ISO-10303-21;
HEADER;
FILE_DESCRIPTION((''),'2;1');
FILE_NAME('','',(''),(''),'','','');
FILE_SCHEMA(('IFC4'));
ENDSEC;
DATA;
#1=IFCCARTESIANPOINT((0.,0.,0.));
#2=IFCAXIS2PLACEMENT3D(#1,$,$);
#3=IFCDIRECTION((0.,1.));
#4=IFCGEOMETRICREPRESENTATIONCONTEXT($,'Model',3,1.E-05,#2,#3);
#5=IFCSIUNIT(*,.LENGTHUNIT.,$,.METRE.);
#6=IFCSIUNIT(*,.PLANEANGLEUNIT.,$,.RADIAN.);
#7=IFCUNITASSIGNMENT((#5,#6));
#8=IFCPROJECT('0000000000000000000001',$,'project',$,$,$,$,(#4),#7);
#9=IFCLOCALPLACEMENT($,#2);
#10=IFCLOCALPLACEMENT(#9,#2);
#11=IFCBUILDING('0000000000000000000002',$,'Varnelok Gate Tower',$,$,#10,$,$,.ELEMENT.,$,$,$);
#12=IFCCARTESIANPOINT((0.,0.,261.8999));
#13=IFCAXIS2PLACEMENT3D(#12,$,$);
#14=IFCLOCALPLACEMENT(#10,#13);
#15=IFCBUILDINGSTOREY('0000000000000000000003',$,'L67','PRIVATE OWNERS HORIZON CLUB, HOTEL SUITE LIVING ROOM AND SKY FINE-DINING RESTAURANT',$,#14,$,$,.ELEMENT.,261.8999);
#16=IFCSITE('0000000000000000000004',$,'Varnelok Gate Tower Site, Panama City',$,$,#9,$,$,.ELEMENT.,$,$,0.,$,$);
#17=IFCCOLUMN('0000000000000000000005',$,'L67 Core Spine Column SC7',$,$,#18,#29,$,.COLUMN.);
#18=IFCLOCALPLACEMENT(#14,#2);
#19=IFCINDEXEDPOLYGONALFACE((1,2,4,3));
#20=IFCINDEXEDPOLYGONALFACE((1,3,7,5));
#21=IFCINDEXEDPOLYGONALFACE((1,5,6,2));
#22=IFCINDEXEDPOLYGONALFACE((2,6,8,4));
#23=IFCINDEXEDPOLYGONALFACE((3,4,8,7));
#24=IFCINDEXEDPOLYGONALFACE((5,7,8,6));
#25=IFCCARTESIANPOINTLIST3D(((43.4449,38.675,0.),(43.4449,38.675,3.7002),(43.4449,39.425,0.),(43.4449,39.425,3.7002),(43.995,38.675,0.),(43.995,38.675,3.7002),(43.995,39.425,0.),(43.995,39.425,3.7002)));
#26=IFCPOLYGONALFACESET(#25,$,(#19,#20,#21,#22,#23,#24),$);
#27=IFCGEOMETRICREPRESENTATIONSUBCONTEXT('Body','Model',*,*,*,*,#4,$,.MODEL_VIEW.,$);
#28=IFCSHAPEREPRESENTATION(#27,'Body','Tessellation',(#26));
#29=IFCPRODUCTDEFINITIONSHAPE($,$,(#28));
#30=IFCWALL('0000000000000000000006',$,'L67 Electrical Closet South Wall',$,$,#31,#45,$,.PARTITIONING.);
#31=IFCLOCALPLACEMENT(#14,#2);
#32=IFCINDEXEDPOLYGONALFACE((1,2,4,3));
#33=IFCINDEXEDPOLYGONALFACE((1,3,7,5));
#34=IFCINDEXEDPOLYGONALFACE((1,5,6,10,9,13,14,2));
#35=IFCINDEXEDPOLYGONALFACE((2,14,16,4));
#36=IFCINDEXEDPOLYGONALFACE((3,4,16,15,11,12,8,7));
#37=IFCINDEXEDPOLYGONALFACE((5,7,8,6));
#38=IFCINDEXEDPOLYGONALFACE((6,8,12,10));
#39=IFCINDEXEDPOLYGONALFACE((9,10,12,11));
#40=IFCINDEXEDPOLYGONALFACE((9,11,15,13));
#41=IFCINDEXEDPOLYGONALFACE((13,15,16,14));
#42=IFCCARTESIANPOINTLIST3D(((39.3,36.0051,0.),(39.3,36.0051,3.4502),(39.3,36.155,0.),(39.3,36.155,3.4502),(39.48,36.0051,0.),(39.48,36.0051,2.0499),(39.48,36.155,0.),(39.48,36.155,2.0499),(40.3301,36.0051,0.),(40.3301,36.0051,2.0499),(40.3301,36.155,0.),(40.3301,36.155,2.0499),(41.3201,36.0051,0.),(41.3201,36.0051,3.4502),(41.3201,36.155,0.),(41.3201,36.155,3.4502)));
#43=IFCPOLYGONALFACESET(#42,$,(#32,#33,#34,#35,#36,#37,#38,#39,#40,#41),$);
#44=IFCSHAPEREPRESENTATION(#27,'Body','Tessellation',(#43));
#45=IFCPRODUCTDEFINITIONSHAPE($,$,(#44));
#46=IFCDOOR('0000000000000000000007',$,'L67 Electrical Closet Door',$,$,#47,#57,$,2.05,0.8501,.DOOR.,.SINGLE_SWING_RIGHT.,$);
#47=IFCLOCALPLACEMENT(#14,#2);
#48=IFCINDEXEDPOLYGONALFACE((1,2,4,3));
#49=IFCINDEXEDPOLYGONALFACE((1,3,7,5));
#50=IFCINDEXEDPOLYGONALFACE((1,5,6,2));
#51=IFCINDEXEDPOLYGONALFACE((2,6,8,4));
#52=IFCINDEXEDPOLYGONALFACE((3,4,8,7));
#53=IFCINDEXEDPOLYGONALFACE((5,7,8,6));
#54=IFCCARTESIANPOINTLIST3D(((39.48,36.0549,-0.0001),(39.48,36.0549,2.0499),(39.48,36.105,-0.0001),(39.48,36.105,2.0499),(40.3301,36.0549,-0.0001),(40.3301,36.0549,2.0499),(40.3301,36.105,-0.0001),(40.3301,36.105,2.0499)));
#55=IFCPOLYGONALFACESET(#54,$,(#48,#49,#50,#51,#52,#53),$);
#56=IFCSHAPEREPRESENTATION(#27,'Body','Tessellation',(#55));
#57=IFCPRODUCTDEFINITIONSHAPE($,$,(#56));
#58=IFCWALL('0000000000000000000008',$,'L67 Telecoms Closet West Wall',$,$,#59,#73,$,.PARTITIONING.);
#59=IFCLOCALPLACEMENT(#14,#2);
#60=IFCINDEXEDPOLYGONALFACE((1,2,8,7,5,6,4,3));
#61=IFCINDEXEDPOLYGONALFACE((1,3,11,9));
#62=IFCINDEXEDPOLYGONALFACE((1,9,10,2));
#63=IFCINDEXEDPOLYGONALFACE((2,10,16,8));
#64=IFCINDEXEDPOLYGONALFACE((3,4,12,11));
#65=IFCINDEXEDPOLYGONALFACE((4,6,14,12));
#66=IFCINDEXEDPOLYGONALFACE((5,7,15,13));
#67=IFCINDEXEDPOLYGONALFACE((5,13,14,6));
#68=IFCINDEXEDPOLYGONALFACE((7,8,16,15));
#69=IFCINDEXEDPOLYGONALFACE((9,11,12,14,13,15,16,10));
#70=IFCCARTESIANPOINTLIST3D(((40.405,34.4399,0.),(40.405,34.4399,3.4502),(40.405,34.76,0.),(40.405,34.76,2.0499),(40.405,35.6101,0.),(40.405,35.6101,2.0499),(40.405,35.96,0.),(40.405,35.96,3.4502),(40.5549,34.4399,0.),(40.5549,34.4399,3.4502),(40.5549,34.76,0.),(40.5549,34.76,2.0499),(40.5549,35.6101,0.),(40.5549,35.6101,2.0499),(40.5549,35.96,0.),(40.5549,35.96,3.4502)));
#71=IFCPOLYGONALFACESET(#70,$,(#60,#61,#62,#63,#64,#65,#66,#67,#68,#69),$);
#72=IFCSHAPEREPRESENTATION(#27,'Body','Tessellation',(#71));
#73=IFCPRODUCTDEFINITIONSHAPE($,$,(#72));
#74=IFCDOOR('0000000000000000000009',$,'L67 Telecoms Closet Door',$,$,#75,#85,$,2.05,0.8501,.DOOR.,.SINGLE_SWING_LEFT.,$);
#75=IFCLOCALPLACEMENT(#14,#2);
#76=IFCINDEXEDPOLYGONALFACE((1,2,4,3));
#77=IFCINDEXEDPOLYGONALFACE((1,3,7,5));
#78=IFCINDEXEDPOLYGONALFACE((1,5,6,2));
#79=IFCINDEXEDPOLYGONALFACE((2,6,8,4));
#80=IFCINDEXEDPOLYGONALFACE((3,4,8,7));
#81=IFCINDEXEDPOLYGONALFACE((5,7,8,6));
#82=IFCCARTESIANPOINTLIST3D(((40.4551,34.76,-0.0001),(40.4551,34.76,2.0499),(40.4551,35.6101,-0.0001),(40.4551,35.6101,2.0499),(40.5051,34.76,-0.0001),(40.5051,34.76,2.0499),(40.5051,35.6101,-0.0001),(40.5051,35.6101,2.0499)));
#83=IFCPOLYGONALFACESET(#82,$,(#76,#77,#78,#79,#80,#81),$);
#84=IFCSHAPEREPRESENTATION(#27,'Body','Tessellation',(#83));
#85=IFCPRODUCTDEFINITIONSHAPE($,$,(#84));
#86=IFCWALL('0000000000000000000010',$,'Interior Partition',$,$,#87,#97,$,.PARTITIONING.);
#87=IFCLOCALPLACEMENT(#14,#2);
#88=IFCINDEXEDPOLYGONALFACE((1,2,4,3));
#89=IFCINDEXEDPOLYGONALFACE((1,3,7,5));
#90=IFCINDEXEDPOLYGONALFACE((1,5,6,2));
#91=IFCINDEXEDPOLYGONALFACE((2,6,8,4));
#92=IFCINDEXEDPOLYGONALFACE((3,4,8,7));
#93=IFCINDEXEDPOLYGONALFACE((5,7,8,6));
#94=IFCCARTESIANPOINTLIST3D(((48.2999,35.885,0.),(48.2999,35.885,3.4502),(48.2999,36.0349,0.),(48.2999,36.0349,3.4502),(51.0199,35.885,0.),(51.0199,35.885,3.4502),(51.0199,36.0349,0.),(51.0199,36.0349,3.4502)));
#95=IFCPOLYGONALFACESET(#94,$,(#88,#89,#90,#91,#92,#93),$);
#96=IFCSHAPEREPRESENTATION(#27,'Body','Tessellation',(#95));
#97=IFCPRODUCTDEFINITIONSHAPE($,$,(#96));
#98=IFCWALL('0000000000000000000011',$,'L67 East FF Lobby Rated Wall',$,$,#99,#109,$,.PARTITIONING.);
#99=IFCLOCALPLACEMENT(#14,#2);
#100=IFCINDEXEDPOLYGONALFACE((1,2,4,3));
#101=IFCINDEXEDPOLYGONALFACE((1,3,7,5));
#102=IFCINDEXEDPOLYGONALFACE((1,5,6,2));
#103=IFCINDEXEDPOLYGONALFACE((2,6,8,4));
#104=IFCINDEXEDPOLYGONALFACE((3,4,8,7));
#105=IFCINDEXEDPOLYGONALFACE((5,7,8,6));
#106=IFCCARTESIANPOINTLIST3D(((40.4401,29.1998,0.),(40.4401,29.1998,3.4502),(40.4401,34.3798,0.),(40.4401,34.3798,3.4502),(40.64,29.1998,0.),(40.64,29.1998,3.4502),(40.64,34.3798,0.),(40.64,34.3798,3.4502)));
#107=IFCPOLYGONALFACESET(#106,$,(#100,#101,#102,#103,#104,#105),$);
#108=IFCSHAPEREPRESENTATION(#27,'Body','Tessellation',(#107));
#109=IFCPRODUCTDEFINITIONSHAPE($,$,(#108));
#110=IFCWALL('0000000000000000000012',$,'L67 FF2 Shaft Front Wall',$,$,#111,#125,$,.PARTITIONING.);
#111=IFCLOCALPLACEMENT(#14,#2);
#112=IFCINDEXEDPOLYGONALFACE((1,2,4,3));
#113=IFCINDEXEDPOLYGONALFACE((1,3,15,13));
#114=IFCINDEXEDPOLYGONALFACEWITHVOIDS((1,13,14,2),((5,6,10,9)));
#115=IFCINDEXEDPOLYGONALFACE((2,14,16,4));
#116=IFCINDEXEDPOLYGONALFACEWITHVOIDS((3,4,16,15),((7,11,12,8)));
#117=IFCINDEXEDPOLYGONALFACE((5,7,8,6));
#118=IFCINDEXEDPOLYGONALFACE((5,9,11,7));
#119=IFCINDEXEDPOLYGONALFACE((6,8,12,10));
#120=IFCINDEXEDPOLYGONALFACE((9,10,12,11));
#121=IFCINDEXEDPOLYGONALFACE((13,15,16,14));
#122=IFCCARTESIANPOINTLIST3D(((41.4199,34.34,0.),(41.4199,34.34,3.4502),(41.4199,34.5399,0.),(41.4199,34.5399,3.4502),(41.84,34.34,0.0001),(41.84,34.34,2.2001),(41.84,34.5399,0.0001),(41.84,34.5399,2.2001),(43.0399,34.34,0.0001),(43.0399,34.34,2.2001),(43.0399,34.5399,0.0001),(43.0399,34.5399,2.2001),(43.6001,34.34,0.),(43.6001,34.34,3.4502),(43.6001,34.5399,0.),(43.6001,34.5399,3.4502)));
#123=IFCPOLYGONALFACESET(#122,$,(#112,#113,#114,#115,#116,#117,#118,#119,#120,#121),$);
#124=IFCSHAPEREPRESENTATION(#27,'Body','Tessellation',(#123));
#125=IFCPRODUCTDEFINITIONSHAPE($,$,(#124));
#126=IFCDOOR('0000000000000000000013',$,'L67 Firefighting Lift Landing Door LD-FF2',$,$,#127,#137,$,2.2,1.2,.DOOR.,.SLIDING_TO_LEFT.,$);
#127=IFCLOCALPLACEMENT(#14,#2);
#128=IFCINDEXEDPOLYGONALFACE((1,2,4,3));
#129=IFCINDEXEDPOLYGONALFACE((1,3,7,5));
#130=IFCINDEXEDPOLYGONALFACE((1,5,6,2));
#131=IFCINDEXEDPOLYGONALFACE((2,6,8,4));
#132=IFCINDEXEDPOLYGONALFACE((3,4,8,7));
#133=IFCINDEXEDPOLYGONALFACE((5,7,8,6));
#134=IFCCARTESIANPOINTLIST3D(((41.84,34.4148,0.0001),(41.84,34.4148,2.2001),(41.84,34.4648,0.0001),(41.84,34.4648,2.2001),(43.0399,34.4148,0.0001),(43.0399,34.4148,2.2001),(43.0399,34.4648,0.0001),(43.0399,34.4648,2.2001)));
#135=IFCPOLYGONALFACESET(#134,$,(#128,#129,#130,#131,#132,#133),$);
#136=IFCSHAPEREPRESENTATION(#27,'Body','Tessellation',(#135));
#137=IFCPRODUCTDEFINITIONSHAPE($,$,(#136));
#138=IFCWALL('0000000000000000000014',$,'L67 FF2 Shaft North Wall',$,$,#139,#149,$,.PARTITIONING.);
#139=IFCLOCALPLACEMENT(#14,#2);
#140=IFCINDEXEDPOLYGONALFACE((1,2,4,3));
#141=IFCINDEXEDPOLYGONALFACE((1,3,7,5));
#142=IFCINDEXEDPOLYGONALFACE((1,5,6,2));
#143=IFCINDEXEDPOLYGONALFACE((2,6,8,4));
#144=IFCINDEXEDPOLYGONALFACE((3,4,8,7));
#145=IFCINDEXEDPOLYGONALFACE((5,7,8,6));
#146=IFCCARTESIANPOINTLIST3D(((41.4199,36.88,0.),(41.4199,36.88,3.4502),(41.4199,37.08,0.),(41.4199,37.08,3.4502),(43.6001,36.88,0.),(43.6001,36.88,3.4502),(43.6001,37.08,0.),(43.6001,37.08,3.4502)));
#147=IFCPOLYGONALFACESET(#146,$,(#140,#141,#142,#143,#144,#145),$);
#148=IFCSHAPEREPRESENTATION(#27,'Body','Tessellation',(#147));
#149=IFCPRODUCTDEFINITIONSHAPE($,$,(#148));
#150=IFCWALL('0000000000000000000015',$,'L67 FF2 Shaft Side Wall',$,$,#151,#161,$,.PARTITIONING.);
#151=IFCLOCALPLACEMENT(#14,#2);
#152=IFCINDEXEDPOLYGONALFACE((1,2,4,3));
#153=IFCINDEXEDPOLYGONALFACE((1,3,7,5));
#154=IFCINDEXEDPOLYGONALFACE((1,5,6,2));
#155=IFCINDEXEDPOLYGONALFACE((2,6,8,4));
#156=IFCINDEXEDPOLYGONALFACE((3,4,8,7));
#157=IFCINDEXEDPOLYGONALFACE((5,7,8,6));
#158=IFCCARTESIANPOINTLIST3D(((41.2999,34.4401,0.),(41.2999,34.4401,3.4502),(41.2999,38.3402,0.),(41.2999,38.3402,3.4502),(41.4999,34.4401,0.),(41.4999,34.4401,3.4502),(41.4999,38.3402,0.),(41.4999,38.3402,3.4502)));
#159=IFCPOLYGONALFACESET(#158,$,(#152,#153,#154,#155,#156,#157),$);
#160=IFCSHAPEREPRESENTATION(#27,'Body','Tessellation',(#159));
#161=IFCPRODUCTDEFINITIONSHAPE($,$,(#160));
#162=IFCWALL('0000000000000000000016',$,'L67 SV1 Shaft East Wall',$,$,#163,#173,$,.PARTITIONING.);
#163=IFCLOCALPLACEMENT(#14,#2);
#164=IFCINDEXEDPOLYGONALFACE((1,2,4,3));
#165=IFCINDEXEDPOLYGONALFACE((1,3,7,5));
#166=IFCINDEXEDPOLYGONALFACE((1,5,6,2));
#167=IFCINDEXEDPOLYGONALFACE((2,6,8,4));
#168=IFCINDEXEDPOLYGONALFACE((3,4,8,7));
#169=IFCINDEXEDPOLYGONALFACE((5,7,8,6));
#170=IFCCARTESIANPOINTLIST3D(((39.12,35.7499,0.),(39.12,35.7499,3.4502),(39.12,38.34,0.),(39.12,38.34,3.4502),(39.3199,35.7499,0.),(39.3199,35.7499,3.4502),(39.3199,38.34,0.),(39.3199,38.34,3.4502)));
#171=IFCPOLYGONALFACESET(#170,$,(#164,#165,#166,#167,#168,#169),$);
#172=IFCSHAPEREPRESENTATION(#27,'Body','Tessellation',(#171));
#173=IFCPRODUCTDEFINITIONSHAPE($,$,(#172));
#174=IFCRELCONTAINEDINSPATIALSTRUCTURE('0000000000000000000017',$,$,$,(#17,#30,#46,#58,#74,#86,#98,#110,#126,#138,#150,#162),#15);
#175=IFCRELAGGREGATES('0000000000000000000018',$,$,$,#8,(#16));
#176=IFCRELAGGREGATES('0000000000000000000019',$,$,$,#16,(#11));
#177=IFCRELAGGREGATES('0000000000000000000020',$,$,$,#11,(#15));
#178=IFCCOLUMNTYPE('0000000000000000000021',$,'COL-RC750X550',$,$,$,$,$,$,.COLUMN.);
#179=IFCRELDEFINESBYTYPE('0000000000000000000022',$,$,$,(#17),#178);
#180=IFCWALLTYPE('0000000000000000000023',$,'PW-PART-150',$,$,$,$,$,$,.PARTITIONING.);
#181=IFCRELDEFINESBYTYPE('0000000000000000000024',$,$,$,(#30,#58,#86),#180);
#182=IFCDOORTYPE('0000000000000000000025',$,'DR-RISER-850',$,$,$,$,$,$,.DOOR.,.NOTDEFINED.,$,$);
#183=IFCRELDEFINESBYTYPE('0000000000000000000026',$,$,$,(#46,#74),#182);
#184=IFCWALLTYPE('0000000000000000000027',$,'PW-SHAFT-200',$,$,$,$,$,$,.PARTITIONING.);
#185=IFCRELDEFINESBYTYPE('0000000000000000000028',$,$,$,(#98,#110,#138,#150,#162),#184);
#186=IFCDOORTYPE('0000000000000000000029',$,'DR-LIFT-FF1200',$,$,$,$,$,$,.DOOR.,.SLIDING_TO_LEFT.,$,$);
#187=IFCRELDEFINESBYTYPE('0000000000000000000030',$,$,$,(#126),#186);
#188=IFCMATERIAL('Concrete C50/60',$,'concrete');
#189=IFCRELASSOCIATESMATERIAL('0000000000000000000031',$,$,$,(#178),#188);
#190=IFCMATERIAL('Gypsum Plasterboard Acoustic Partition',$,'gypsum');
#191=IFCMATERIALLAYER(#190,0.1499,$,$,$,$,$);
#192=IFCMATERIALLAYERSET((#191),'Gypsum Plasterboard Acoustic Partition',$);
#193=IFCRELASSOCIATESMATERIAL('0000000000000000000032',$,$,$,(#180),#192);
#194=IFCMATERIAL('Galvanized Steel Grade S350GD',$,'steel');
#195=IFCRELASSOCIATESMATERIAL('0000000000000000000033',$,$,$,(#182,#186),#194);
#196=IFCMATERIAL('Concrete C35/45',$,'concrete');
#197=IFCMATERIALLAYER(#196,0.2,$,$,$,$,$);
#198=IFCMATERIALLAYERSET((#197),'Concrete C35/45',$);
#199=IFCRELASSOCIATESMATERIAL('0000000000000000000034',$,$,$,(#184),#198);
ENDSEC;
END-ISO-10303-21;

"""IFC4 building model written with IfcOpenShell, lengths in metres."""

from ifc_helpers import new_model, si_unit, direction, frame, frame_2d, origin, origin_2d, place, context, subcontext, project, spatial, rectangle, extrude, material, layer, layer_set, material_profile, profile_set, type_object, element, fill, save


model = new_model("IFC4")

# Units and contexts
model_context = context("Model", 3, precision=1e-05, world=origin(), true_north=direction((0.0, 1.0)))
body_context = subcontext(model_context, "Body", "Model", "MODEL_VIEW")
ifc_project = project(units=[si_unit("LENGTHUNIT", "METRE"), si_unit("PLANEANGLEUNIT", "RADIAN")], contexts=[model_context])

# Site, building, storey
site_placement = place(None, origin())
site = spatial("IfcSite", under=ifc_project, at=site_placement, Name="Varnelok Gate Tower Site, Panama City", CompositionType="ELEMENT", RefElevation=0.0)
building_placement = place(site_placement, origin())
building = spatial("IfcBuilding", under=site, at=building_placement, Name="Varnelok Gate Tower", CompositionType="ELEMENT")
storey_placement = place(building_placement, frame((0.0, 0.0, 261.8999)))
storey = spatial("IfcBuildingStorey", under=building, at=storey_placement, Name="L67", Description="PRIVATE OWNERS HORIZON CLUB, HOTEL SUITE LIVING ROOM AND SKY FINE-DINING RESTAURANT", CompositionType="ELEMENT", Elevation=261.8999)

# Column
ifc_material_1 = material(Name="Concrete C50/60", Category="concrete")
ifc_material_profile = material_profile(ifc_material_1, rectangle(XDim=0.55, YDim=0.75, at=origin_2d()), Name="RC750X550")
ifc_profile_set = profile_set([ifc_material_profile], Name="Concrete C50/60")
column_type = type_object("IfcColumnType", Name="COL-RC750X550", PredefinedType="COLUMN", material=ifc_profile_set)
column_placement = place(storey_placement, frame((43.72, 39.05, 0.0), z_axis=(0.0, 0.0, 1.0), x_axis=(1.0, 0.0, 0.0)))
element("IfcColumn", 1, at=column_placement, inside=storey, type_object=column_type, Name="L67 Core Spine Column SC7", PredefinedType="COLUMN", context=body_context, shape_type="SweptSolid", body=[
    extrude(rectangle(XDim=0.55, YDim=0.75, at=origin_2d()), origin(), (0.0, 0.0, 1.0), 3.7002),
])

# Walls, openings, doors
ifc_material_2 = material(Name="Gypsum Plasterboard Acoustic Partition", Category="gypsum")
ifc_layer_1 = layer(ifc_material_2, 0.1499)
ifc_layer_set_1 = layer_set([ifc_layer_1], Name="Gypsum Plasterboard Acoustic Partition")
wall_type_1 = type_object("IfcWallType", Name="PW-PART-150", PredefinedType="PARTITIONING", material=ifc_layer_set_1)
wall_1_placement = place(storey_placement, frame((39.3, 36.0801, 0.0), z_axis=(0.0, 0.0, 1.0), x_axis=(1.0, 0.0, 0.0)))
wall_1 = element("IfcWall", 2, at=wall_1_placement, inside=storey, type_object=wall_type_1, Name="L67 Electrical Closet South Wall", PredefinedType="PARTITIONING", context=body_context, shape_type="SweptSolid", body=[
    extrude(rectangle(XDim=2.02, YDim=0.1499, at=frame_2d((1.01, 0.0))), origin(), (0.0, 0.0, 1.0), 3.4502),
])
opening_1_placement = place(wall_1_placement, frame((0.1799, 0.0, 0.0)))
opening_1 = element("IfcOpeningElement", 3, at=opening_1_placement, cuts=wall_1, PredefinedType="OPENING", context=body_context, shape_type="SweptSolid", body=[
    extrude(rectangle(XDim=0.8501, YDim=2.05, at=frame_2d((0.425, 1.0249))), frame((0.0, 0.085, 0.0), z_axis=(0.0, -1.0, 0.0), x_axis=(1.0, 0.0, 0.0)), (0.0, 0.0, 1.0), 0.1699),
])
ifc_material_3 = material(Name="Galvanized Steel Grade S350GD", Category="steel")
door_type_1 = type_object("IfcDoorType", Name="DR-RISER-850", OperationType="NOTDEFINED", PredefinedType="DOOR", material=ifc_material_3)
door_1_placement = place(opening_1_placement, origin())
door_1 = element("IfcDoor", 4, at=door_1_placement, inside=storey, type_object=door_type_1, Name="L67 Electrical Closet Door", OperationType="SINGLE_SWING_RIGHT", OverallHeight=2.05, OverallWidth=0.8501, PredefinedType="DOOR", context=body_context, shape_type="SweptSolid", body=[
    extrude(rectangle(XDim=0.8501, YDim=2.05, at=frame_2d((0.425, 1.0249))), frame((0.0, 0.0249, 0.0), z_axis=(0.0, -1.0, 0.0), x_axis=(1.0, 0.0, 0.0)), (0.0, 0.0, 1.0), 0.05),
])
fill(opening_1, door_1)
wall_2_placement = place(storey_placement, frame((40.48, 34.4399, 0.0), z_axis=(0.0, 0.0, 1.0), x_axis=(0.0, 1.0, 0.0)))
wall_2 = element("IfcWall", 5, at=wall_2_placement, inside=storey, type_object=wall_type_1, Name="L67 Telecoms Closet West Wall", PredefinedType="PARTITIONING", context=body_context, shape_type="SweptSolid", body=[
    extrude(rectangle(XDim=1.52, YDim=0.1499, at=frame_2d((0.76, 0.0))), origin(), (0.0, 0.0, 1.0), 3.4502),
])
opening_2_placement = place(wall_2_placement, frame((0.3201, 0.0, 0.0)))
opening_2 = element("IfcOpeningElement", 6, at=opening_2_placement, cuts=wall_2, PredefinedType="OPENING", context=body_context, shape_type="SweptSolid", body=[
    extrude(rectangle(XDim=0.8501, YDim=2.05, at=frame_2d((0.425, 1.0249))), frame((0.0, 0.085, 0.0), z_axis=(0.0, -1.0, 0.0), x_axis=(1.0, 0.0, 0.0)), (0.0, 0.0, 1.0), 0.1699),
])
door_2_placement = place(opening_2_placement, origin())
door_2 = element("IfcDoor", 7, at=door_2_placement, inside=storey, type_object=door_type_1, Name="L67 Telecoms Closet Door", OperationType="SINGLE_SWING_LEFT", OverallHeight=2.05, OverallWidth=0.8501, PredefinedType="DOOR", context=body_context, shape_type="SweptSolid", body=[
    extrude(rectangle(XDim=0.8501, YDim=2.05, at=frame_2d((0.425, 1.0249))), frame((0.0, 0.0249, 0.0), z_axis=(0.0, -1.0, 0.0), x_axis=(1.0, 0.0, 0.0)), (0.0, 0.0, 1.0), 0.05),
])
fill(opening_2, door_2)

# Walls
wall_3_placement = place(storey_placement, frame((48.3, 35.96, 0.0), z_axis=(0.0, 0.0, 1.0), x_axis=(1.0, 0.0, 0.0)))
element("IfcWall", 8, at=wall_3_placement, inside=storey, type_object=wall_type_1, Name="Interior Partition", PredefinedType="PARTITIONING", context=body_context, shape_type="SweptSolid", body=[
    extrude(rectangle(XDim=2.72, YDim=0.1499, at=frame_2d((1.3599, 0.0))), origin(), (0.0, 0.0, 1.0), 3.4502),
])
ifc_material_4 = material(Name="Concrete C35/45", Category="concrete")
ifc_layer_2 = layer(ifc_material_4, 0.2)
ifc_layer_set_2 = layer_set([ifc_layer_2], Name="Concrete C35/45")
wall_type_2 = type_object("IfcWallType", Name="PW-SHAFT-200", PredefinedType="PARTITIONING", material=ifc_layer_set_2)
wall_4_placement = place(storey_placement, frame((40.54, 29.2, 0.0), z_axis=(0.0, 0.0, 1.0), x_axis=(0.0, 1.0, 0.0)))
element("IfcWall", 9, at=wall_4_placement, inside=storey, type_object=wall_type_2, Name="L67 East FF Lobby Rated Wall", PredefinedType="PARTITIONING", context=body_context, shape_type="SweptSolid", body=[
    extrude(rectangle(XDim=5.1799, YDim=0.2, at=frame_2d((2.5898, 0.0))), origin(), (0.0, 0.0, 1.0), 3.4502),
])

# Wall, opening, door
wall_5_placement = place(storey_placement, frame((41.4199, 34.4399, 0.0), z_axis=(0.0, 0.0, 1.0), x_axis=(1.0, 0.0, 0.0)))
wall_5 = element("IfcWall", 10, at=wall_5_placement, inside=storey, type_object=wall_type_2, Name="L67 FF2 Shaft Front Wall", PredefinedType="PARTITIONING", context=body_context, shape_type="SweptSolid", body=[
    extrude(rectangle(XDim=2.1802, YDim=0.2, at=frame_2d((1.0901, 0.0))), origin(), (0.0, 0.0, 1.0), 3.4502),
])
opening_3_placement = place(wall_5_placement, frame((0.4199, 0.0, 0.0)))
opening_3 = element("IfcOpeningElement", 11, at=opening_3_placement, cuts=wall_5, PredefinedType="OPENING", context=body_context, shape_type="SweptSolid", body=[
    extrude(rectangle(XDim=1.2, YDim=2.2, at=frame_2d((0.6001, 1.1001))), frame((0.0, 0.1099, 0.0), z_axis=(0.0, -1.0, 0.0), x_axis=(1.0, 0.0, 0.0)), (0.0, 0.0, 1.0), 0.22),
])
door_type_2 = type_object("IfcDoorType", Name="DR-LIFT-FF1200", OperationType="SLIDING_TO_LEFT", PredefinedType="DOOR", material=ifc_material_3)
door_3_placement = place(opening_3_placement, origin())
door_3 = element("IfcDoor", 12, at=door_3_placement, inside=storey, type_object=door_type_2, Name="L67 Firefighting Lift Landing Door LD-FF2", OperationType="SLIDING_TO_LEFT", OverallHeight=2.2, OverallWidth=1.2, PredefinedType="DOOR", context=body_context, shape_type="SweptSolid", body=[
    extrude(rectangle(XDim=1.2, YDim=2.2, at=frame_2d((0.6001, 1.1001))), frame((0.0, 0.0249, 0.0), z_axis=(0.0, -1.0, 0.0), x_axis=(1.0, 0.0, 0.0)), (0.0, 0.0, 1.0), 0.05),
])
fill(opening_3, door_3)

# Walls
wall_6_placement = place(storey_placement, frame((41.4199, 36.98, 0.0), z_axis=(0.0, 0.0, 1.0), x_axis=(1.0, 0.0, 0.0)))
element("IfcWall", 13, at=wall_6_placement, inside=storey, type_object=wall_type_2, Name="L67 FF2 Shaft North Wall", PredefinedType="PARTITIONING", context=body_context, shape_type="SweptSolid", body=[
    extrude(rectangle(XDim=2.1802, YDim=0.2, at=frame_2d((1.0901, 0.0))), origin(), (0.0, 0.0, 1.0), 3.4502),
])
wall_7_placement = place(storey_placement, frame((41.3999, 34.4399, 0.0), z_axis=(0.0, 0.0, 1.0), x_axis=(0.0, 1.0, 0.0)))
element("IfcWall", 14, at=wall_7_placement, inside=storey, type_object=wall_type_2, Name="L67 FF2 Shaft Side Wall", PredefinedType="PARTITIONING", context=body_context, shape_type="SweptSolid", body=[
    extrude(rectangle(XDim=3.9001, YDim=0.2, at=frame_2d((1.9502, 0.0))), origin(), (0.0, 0.0, 1.0), 3.4502),
])
wall_8_placement = place(storey_placement, frame((39.22, 35.75, 0.0), z_axis=(0.0, 0.0, 1.0), x_axis=(0.0, 1.0, 0.0)))
element("IfcWall", 15, at=wall_8_placement, inside=storey, type_object=wall_type_2, Name="L67 SV1 Shaft East Wall", PredefinedType="PARTITIONING", context=body_context, shape_type="SweptSolid", body=[
    extrude(rectangle(XDim=2.5901, YDim=0.2, at=frame_2d((1.2949, 0.0))), origin(), (0.0, 0.0, 1.0), 3.4502),
])

save(model, "model.ifc")
